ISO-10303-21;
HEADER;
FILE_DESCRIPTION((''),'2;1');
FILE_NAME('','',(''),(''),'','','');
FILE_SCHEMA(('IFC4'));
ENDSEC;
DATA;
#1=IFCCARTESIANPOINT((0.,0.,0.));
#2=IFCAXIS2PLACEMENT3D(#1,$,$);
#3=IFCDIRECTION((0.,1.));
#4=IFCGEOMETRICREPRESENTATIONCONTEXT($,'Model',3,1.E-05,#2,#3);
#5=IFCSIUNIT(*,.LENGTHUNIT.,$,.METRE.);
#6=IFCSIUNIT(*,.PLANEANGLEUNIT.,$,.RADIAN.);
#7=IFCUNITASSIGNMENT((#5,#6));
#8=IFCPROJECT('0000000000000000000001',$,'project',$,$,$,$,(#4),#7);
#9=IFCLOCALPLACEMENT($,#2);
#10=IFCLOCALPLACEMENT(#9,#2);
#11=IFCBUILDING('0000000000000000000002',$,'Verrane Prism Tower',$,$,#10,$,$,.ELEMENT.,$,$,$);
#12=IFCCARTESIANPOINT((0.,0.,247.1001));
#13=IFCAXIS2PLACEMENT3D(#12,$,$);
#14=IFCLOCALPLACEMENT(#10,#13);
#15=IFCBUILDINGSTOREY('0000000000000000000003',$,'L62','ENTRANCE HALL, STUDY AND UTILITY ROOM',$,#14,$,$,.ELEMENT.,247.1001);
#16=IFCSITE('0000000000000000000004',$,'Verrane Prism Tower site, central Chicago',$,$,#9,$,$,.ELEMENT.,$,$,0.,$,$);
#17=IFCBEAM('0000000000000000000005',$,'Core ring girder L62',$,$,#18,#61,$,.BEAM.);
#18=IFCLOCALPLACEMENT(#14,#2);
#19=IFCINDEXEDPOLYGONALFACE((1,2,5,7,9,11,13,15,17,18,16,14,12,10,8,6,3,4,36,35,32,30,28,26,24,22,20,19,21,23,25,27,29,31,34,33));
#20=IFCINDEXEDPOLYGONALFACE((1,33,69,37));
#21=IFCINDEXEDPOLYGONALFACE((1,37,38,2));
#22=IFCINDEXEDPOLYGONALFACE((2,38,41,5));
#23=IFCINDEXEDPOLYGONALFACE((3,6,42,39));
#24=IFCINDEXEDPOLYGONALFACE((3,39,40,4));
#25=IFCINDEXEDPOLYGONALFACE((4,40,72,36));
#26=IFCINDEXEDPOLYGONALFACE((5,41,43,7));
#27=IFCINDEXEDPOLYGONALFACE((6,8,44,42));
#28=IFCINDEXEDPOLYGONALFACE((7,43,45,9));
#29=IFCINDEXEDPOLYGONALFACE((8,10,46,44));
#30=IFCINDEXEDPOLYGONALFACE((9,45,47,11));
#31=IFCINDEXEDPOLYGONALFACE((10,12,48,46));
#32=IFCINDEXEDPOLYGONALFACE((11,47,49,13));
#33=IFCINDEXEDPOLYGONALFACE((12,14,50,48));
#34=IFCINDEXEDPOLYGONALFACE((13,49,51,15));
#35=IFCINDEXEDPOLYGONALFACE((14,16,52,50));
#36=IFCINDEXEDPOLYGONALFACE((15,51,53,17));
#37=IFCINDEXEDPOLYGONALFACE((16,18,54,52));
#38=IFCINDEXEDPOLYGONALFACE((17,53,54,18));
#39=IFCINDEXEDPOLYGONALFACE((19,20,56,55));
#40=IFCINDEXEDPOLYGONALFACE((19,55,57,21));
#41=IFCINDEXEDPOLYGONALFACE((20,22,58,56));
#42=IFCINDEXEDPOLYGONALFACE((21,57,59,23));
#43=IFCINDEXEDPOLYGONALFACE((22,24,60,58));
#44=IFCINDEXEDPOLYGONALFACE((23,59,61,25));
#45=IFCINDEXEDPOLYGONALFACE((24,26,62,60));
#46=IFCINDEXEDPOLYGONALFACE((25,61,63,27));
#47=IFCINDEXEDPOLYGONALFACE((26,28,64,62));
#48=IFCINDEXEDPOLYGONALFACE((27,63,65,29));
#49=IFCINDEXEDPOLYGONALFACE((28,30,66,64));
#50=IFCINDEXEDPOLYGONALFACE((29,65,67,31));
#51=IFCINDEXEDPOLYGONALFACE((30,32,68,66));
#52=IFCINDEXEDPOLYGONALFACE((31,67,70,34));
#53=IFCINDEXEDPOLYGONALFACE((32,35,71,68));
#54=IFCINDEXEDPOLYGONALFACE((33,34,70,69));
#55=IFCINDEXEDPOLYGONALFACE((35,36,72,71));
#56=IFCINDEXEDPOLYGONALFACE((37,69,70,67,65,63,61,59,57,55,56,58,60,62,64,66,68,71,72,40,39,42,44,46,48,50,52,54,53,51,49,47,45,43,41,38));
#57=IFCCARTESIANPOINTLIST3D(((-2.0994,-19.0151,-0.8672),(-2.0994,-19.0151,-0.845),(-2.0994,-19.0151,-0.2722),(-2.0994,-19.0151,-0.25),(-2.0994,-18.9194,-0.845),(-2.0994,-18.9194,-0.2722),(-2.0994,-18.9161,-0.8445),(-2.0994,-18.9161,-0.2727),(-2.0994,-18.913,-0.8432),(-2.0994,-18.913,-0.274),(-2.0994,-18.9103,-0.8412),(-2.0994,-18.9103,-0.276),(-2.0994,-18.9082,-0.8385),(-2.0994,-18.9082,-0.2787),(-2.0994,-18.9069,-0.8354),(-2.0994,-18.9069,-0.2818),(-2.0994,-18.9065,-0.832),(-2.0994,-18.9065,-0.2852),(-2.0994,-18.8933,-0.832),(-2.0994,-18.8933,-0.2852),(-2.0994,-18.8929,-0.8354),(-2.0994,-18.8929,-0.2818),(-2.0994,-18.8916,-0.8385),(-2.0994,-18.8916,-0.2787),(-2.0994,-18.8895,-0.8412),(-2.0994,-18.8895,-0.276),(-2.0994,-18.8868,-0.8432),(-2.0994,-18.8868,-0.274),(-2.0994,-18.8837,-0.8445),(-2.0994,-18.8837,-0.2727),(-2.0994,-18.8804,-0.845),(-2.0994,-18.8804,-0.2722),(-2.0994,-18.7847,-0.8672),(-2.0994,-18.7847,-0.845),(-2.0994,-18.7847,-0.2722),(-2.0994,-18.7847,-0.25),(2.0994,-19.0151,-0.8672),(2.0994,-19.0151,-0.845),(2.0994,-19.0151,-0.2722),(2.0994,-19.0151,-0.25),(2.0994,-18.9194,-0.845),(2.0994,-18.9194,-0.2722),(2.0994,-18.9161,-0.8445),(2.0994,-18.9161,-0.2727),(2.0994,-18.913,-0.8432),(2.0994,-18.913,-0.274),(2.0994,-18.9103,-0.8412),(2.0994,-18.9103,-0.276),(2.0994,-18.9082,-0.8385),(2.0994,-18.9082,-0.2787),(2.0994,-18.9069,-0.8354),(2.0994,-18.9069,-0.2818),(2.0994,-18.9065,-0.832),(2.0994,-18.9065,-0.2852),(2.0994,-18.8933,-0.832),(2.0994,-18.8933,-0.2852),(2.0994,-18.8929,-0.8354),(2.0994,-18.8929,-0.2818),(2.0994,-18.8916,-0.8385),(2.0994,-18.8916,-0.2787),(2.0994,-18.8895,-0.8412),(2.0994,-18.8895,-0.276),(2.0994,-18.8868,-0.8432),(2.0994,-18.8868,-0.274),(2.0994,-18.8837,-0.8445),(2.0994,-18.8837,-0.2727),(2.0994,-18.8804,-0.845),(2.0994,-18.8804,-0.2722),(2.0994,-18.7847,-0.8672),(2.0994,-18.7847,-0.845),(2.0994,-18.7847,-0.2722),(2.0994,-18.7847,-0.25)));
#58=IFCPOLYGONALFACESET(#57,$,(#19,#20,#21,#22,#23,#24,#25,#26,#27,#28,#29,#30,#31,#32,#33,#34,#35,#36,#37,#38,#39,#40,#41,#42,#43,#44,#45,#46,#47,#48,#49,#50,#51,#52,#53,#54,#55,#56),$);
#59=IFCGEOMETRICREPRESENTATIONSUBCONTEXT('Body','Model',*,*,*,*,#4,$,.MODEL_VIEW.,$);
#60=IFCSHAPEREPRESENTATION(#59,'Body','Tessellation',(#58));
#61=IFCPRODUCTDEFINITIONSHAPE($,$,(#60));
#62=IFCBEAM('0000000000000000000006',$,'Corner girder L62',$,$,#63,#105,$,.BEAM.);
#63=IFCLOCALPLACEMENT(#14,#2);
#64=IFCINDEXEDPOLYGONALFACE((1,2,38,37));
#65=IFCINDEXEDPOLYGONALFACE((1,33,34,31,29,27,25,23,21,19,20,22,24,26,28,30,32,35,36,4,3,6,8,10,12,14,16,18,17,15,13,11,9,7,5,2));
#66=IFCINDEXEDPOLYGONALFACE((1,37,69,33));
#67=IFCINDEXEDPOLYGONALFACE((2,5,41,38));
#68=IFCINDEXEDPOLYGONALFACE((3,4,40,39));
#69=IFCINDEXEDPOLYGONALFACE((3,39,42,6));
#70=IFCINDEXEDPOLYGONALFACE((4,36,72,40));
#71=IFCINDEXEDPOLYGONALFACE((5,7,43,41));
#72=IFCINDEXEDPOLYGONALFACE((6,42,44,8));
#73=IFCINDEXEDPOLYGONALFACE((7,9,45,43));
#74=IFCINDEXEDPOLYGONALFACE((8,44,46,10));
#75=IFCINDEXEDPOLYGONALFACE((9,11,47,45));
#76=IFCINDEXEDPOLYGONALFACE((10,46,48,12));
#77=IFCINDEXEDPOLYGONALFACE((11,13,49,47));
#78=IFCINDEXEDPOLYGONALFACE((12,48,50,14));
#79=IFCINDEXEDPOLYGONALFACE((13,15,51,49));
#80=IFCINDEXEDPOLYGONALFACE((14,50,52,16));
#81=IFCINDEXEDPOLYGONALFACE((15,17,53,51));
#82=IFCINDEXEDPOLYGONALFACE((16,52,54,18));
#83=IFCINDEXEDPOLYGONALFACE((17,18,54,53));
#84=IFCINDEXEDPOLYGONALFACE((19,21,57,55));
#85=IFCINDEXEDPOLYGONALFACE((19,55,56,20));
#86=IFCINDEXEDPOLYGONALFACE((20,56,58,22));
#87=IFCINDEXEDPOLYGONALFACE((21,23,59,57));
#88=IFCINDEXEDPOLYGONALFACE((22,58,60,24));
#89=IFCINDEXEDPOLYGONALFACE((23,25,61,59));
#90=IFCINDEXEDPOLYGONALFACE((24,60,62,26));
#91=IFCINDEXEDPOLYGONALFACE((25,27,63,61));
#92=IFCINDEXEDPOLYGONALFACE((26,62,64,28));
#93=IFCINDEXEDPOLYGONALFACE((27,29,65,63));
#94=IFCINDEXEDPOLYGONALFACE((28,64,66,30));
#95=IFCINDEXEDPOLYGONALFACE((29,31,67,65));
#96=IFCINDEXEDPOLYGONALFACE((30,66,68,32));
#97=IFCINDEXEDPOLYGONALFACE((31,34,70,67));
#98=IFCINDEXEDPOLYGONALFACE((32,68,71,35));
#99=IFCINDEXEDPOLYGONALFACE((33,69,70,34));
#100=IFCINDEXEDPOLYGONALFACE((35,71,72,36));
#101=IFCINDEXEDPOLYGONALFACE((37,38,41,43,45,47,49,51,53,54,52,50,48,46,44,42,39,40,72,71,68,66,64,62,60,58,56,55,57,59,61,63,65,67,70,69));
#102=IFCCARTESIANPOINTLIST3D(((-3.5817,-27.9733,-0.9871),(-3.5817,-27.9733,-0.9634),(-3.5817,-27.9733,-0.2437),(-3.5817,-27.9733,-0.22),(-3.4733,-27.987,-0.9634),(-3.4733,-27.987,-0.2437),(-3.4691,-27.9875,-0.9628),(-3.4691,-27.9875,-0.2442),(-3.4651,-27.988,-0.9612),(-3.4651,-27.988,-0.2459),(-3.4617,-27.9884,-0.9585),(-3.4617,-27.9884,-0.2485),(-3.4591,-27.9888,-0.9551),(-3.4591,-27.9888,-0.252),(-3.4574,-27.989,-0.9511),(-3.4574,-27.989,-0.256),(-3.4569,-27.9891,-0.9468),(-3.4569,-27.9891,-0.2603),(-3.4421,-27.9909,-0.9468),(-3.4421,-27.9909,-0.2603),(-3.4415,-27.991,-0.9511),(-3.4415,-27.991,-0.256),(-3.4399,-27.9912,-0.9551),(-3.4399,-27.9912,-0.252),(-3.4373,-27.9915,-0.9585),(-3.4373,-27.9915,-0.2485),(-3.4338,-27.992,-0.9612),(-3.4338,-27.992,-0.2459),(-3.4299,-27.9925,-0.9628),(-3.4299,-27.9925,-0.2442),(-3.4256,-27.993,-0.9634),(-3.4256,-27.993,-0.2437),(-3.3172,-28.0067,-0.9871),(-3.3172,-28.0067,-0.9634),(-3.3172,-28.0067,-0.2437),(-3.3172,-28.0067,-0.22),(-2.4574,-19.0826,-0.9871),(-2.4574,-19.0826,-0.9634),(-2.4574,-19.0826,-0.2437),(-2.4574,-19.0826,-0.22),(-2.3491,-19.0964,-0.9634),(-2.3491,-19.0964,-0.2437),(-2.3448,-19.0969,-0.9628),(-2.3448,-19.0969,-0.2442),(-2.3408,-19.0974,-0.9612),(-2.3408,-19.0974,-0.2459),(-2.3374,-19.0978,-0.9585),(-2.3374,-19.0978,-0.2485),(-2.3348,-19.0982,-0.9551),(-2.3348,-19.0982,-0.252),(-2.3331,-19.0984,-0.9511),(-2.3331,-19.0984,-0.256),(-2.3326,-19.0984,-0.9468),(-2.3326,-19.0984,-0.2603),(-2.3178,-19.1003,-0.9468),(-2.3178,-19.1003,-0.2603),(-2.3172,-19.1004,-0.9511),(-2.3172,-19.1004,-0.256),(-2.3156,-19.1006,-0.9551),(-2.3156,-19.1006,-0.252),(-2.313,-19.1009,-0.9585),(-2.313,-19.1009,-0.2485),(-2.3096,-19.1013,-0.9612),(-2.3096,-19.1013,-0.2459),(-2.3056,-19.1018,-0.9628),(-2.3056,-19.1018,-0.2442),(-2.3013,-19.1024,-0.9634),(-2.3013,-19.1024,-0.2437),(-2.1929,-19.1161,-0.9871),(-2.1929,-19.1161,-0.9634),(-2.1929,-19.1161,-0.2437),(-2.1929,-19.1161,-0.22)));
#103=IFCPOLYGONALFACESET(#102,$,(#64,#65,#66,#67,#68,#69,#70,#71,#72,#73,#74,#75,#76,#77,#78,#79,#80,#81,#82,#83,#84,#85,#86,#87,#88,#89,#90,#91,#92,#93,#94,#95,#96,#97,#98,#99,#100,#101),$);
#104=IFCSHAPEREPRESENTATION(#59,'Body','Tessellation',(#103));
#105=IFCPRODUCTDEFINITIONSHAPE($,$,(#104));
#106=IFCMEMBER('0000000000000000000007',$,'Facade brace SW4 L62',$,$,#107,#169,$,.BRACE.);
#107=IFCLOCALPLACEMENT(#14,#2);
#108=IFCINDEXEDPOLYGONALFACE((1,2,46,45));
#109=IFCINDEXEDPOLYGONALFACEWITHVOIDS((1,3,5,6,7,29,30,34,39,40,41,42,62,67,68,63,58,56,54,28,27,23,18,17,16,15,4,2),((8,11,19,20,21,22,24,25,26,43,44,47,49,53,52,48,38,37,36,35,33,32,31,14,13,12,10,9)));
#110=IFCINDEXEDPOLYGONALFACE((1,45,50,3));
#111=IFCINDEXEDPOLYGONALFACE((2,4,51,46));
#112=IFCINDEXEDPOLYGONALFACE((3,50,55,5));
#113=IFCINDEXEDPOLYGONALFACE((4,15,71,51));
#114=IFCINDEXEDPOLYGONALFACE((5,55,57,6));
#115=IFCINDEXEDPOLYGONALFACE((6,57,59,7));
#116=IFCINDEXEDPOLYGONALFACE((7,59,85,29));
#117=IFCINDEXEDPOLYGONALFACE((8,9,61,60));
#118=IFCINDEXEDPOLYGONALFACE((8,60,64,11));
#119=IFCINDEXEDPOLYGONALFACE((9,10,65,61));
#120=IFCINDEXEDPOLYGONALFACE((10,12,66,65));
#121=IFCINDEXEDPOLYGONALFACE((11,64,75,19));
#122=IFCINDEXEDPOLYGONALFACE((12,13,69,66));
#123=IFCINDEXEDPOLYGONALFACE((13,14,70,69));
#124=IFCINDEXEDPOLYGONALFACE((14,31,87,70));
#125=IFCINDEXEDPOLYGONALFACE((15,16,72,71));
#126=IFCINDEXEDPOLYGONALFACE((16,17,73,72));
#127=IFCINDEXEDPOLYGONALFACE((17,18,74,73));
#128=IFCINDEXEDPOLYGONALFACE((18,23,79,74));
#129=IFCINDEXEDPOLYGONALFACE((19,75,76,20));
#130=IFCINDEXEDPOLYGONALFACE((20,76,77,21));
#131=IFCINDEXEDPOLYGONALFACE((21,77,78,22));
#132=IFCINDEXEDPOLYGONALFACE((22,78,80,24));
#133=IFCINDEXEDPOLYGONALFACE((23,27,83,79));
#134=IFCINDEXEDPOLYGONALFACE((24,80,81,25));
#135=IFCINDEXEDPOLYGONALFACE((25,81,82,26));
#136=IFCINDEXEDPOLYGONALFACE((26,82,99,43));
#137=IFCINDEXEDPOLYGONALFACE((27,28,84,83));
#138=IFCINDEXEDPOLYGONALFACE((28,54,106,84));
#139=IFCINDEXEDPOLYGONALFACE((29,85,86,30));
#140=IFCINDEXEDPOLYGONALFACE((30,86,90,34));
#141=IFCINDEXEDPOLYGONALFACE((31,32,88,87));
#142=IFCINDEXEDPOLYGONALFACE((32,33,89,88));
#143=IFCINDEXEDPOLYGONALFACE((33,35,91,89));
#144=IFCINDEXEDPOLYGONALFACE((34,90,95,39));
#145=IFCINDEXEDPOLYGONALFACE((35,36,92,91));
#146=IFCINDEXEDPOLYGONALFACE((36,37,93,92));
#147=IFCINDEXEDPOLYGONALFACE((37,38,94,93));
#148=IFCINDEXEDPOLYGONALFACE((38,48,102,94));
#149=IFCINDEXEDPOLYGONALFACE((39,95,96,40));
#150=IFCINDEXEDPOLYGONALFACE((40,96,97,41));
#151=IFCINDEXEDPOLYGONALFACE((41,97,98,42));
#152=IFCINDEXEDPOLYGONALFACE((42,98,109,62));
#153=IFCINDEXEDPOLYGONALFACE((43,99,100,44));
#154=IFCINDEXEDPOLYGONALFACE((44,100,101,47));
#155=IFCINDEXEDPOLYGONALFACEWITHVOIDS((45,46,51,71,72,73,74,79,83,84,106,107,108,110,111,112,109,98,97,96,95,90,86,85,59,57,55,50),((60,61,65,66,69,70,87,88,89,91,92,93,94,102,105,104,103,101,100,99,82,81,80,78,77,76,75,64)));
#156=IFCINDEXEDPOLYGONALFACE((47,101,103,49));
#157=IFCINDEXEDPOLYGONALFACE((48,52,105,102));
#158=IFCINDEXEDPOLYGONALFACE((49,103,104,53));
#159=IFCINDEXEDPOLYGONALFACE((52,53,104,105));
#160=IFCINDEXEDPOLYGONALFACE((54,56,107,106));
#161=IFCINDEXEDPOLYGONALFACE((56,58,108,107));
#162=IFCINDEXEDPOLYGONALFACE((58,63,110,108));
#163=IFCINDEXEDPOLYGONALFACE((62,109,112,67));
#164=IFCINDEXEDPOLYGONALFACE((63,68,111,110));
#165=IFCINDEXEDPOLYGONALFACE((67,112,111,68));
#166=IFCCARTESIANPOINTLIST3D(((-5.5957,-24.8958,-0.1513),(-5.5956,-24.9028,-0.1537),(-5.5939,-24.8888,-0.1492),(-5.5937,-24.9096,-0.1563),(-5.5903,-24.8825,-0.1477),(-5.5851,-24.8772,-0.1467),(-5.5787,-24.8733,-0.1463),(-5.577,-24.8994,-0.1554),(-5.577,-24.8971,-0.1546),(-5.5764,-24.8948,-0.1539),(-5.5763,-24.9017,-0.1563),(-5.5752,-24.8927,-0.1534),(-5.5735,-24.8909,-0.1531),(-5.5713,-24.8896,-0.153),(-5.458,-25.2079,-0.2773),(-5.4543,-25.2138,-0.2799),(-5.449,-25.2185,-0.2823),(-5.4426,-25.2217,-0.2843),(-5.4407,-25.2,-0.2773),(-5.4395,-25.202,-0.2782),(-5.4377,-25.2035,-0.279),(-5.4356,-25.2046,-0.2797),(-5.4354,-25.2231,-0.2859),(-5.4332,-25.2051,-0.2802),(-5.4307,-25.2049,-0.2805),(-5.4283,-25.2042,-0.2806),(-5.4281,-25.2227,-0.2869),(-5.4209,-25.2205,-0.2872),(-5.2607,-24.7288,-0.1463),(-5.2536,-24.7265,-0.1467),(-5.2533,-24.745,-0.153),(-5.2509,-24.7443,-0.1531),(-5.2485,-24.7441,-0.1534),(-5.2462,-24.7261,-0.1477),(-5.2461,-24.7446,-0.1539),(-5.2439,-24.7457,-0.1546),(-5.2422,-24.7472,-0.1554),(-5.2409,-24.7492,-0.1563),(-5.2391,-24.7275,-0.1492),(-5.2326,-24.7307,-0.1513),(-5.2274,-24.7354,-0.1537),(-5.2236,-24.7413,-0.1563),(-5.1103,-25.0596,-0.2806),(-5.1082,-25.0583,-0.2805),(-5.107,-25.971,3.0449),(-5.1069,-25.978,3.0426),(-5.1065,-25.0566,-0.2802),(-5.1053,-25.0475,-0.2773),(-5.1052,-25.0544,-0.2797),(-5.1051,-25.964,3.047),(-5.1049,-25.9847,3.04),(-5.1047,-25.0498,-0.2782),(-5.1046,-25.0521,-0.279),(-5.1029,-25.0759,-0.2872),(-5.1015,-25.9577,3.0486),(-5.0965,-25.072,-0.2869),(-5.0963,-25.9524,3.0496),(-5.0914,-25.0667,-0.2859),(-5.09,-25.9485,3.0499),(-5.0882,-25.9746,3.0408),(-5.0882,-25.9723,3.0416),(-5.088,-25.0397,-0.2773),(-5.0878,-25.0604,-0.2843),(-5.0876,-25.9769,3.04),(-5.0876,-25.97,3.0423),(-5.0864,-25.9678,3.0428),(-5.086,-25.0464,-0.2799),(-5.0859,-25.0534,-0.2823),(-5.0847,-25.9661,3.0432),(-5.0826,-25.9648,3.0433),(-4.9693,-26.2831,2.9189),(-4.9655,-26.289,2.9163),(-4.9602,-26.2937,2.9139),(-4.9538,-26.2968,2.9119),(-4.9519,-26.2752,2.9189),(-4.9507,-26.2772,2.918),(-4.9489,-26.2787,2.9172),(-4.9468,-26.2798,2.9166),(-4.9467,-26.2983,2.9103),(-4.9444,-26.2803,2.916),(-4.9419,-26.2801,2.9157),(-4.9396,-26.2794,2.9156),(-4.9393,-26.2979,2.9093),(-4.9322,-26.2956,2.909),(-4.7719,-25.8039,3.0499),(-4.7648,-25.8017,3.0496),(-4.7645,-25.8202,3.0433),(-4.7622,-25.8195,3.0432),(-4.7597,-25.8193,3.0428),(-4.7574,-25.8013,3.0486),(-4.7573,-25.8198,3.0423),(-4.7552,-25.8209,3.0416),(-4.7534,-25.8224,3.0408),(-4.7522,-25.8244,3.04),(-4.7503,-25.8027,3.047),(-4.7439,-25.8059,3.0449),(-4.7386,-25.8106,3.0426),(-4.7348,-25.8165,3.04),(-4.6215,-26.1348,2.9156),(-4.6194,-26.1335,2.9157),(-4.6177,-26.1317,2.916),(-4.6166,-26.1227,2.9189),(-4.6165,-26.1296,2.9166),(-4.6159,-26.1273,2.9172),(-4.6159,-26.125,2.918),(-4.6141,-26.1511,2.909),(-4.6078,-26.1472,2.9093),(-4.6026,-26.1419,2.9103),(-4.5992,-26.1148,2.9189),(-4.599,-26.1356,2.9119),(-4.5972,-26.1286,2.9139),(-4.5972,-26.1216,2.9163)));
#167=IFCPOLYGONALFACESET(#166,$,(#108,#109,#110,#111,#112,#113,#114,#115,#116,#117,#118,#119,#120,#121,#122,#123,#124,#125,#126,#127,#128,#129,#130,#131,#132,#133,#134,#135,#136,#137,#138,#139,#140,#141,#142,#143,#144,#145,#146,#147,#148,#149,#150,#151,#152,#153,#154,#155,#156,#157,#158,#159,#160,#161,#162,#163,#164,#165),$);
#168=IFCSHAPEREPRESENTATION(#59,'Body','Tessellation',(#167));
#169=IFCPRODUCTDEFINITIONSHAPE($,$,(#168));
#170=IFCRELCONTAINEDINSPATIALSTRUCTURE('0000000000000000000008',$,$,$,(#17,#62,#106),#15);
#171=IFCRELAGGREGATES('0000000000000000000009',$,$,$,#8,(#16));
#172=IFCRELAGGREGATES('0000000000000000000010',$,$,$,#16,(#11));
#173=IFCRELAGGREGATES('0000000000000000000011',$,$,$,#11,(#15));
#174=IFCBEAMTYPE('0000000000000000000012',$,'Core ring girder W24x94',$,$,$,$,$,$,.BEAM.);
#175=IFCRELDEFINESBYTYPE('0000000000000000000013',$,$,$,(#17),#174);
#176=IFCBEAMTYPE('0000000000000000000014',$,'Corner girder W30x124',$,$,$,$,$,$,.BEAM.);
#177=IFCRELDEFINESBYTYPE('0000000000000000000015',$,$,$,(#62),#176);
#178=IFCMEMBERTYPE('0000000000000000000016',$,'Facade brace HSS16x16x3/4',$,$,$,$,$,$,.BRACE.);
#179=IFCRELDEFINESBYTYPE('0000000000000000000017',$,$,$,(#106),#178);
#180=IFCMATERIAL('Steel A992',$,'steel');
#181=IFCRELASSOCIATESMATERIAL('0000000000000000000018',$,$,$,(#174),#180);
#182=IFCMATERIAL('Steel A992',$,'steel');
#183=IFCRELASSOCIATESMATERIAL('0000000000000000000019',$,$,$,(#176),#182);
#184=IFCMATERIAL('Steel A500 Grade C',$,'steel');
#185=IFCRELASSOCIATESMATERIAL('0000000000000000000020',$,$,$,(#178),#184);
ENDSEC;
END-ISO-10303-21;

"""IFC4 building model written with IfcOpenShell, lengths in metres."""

from ifc_helpers import new_model, si_unit, direction, frame, origin, origin_2d, place, context, subcontext, project, spatial, hollow_rectangle, i_section, extrude, material, material_profile, profile_set, type_object, element, save


model = new_model("IFC4")

# Units and contexts
model_context = context("Model", 3, precision=1e-05, world=origin(), true_north=direction((0.0, 1.0)))
body_context = subcontext(model_context, "Body", "Model", "MODEL_VIEW")
ifc_project = project(units=[si_unit("LENGTHUNIT", "METRE"), si_unit("PLANEANGLEUNIT", "RADIAN")], contexts=[model_context])

# Site, building, storey
site_placement = place(None, origin())
site = spatial("IfcSite", under=ifc_project, at=site_placement, Name="Verrane Prism Tower site, central Chicago", CompositionType="ELEMENT", RefElevation=0.0)
building_placement = place(site_placement, origin())
building = spatial("IfcBuilding", under=site, at=building_placement, Name="Verrane Prism Tower", CompositionType="ELEMENT")
storey_placement = place(building_placement, frame((0.0, 0.0, 247.1001)))
storey = spatial("IfcBuildingStorey", under=building, at=storey_placement, Name="L62", Description="ENTRANCE HALL, STUDY AND UTILITY ROOM", CompositionType="ELEMENT", Elevation=247.1001)

# Beams
ifc_material_1 = material(Name="Steel A992", Category="steel")
ifc_material_profile_1 = material_profile(ifc_material_1, i_section(OverallWidth=0.2305, OverallDepth=0.6172, WebThickness=0.0132, FlangeThickness=0.0222, FilletRadius=0.0129, at=origin_2d()), Name="W24x94")
ifc_profile_set_1 = profile_set([ifc_material_profile_1], Name="Steel A992")
beam_type_1 = type_object("IfcBeamType", Name="Core ring girder W24x94", PredefinedType="BEAM", material=ifc_profile_set_1)
beam_1_placement = place(storey_placement, frame((-2.0994, -18.8999, -0.5586), z_axis=(1.0, 0.0, 0.0), x_axis=(0.0, 1.0, 0.0)))
element("IfcBeam", 1, at=beam_1_placement, inside=storey, type_object=beam_type_1, Name="Core ring girder L62", PredefinedType="BEAM", context=body_context, shape_type="SweptSolid", body=[
    extrude(i_section(OverallWidth=0.2305, OverallDepth=0.6172, WebThickness=0.0132, FlangeThickness=0.0222, FilletRadius=0.0129, at=origin_2d()), origin(), (0.0, 0.0, 1.0), 4.1987),
])
ifc_material_2 = material(Name="Steel A992", Category="steel")
ifc_material_profile_2 = material_profile(ifc_material_2, i_section(OverallWidth=0.2666, OverallDepth=0.7671, WebThickness=0.0149, FlangeThickness=0.0237, FilletRadius=0.0166, at=origin_2d()), Name="W30x124")
ifc_profile_set_2 = profile_set([ifc_material_profile_2], Name="Steel A992")
beam_type_2 = type_object("IfcBeamType", Name="Corner girder W30x124", PredefinedType="BEAM", material=ifc_profile_set_2)
beam_2_placement = place(storey_placement, frame((-3.4495, -27.99, -0.6035), z_axis=(0.125456, 0.992099, 0.0), x_axis=(-0.992099, 0.125456, 0.0)))
element("IfcBeam", 2, at=beam_2_placement, inside=storey, type_object=beam_type_2, Name="Corner girder L62", PredefinedType="BEAM", context=body_context, shape_type="SweptSolid", body=[
    extrude(i_section(OverallWidth=0.2666, OverallDepth=0.7671, WebThickness=0.0149, FlangeThickness=0.0237, FilletRadius=0.0166, at=origin_2d()), origin(), (0.0, 0.0, 1.0), 8.9614),
])

# Member
ifc_material_3 = material(Name="Steel A500 Grade C", Category="steel")
ifc_material_profile_3 = material_profile(ifc_material_3, hollow_rectangle(XDim=0.4065, YDim=0.4065, WallThickness=0.019, InnerFilletRadius=0.0095, OuterFilletRadius=0.0286, at=origin_2d()), Name="HSS16x16x3/4")
ifc_profile_set_3 = profile_set([ifc_material_profile_3], Name="Steel A500 Grade C")
member_type_1 = type_object("IfcMemberType", Name="Facade brace HSS16x16x3/4", PredefinedType="BRACE", material=ifc_profile_set_3)
member_1_placement = place(storey_placement, frame((-5.3408, -24.9746, -0.2168), z_axis=(0.143438, -0.315536, 0.93801), x_axis=(0.910352, 0.413834, 0.0)))
element("IfcMember", 3, at=member_1_placement, inside=storey, type_object=member_type_1, Name="Facade brace SW4 L62", PredefinedType="BRACE", context=body_context, shape_type="SweptSolid", body=[
    extrude(hollow_rectangle(XDim=0.4065, YDim=0.4065, WallThickness=0.019, InnerFilletRadius=0.0095, OuterFilletRadius=0.0286, at=origin_2d()), origin(), (0.0, 0.0, 1.0), 3.4075),
])

save(model, "model.ifc")
